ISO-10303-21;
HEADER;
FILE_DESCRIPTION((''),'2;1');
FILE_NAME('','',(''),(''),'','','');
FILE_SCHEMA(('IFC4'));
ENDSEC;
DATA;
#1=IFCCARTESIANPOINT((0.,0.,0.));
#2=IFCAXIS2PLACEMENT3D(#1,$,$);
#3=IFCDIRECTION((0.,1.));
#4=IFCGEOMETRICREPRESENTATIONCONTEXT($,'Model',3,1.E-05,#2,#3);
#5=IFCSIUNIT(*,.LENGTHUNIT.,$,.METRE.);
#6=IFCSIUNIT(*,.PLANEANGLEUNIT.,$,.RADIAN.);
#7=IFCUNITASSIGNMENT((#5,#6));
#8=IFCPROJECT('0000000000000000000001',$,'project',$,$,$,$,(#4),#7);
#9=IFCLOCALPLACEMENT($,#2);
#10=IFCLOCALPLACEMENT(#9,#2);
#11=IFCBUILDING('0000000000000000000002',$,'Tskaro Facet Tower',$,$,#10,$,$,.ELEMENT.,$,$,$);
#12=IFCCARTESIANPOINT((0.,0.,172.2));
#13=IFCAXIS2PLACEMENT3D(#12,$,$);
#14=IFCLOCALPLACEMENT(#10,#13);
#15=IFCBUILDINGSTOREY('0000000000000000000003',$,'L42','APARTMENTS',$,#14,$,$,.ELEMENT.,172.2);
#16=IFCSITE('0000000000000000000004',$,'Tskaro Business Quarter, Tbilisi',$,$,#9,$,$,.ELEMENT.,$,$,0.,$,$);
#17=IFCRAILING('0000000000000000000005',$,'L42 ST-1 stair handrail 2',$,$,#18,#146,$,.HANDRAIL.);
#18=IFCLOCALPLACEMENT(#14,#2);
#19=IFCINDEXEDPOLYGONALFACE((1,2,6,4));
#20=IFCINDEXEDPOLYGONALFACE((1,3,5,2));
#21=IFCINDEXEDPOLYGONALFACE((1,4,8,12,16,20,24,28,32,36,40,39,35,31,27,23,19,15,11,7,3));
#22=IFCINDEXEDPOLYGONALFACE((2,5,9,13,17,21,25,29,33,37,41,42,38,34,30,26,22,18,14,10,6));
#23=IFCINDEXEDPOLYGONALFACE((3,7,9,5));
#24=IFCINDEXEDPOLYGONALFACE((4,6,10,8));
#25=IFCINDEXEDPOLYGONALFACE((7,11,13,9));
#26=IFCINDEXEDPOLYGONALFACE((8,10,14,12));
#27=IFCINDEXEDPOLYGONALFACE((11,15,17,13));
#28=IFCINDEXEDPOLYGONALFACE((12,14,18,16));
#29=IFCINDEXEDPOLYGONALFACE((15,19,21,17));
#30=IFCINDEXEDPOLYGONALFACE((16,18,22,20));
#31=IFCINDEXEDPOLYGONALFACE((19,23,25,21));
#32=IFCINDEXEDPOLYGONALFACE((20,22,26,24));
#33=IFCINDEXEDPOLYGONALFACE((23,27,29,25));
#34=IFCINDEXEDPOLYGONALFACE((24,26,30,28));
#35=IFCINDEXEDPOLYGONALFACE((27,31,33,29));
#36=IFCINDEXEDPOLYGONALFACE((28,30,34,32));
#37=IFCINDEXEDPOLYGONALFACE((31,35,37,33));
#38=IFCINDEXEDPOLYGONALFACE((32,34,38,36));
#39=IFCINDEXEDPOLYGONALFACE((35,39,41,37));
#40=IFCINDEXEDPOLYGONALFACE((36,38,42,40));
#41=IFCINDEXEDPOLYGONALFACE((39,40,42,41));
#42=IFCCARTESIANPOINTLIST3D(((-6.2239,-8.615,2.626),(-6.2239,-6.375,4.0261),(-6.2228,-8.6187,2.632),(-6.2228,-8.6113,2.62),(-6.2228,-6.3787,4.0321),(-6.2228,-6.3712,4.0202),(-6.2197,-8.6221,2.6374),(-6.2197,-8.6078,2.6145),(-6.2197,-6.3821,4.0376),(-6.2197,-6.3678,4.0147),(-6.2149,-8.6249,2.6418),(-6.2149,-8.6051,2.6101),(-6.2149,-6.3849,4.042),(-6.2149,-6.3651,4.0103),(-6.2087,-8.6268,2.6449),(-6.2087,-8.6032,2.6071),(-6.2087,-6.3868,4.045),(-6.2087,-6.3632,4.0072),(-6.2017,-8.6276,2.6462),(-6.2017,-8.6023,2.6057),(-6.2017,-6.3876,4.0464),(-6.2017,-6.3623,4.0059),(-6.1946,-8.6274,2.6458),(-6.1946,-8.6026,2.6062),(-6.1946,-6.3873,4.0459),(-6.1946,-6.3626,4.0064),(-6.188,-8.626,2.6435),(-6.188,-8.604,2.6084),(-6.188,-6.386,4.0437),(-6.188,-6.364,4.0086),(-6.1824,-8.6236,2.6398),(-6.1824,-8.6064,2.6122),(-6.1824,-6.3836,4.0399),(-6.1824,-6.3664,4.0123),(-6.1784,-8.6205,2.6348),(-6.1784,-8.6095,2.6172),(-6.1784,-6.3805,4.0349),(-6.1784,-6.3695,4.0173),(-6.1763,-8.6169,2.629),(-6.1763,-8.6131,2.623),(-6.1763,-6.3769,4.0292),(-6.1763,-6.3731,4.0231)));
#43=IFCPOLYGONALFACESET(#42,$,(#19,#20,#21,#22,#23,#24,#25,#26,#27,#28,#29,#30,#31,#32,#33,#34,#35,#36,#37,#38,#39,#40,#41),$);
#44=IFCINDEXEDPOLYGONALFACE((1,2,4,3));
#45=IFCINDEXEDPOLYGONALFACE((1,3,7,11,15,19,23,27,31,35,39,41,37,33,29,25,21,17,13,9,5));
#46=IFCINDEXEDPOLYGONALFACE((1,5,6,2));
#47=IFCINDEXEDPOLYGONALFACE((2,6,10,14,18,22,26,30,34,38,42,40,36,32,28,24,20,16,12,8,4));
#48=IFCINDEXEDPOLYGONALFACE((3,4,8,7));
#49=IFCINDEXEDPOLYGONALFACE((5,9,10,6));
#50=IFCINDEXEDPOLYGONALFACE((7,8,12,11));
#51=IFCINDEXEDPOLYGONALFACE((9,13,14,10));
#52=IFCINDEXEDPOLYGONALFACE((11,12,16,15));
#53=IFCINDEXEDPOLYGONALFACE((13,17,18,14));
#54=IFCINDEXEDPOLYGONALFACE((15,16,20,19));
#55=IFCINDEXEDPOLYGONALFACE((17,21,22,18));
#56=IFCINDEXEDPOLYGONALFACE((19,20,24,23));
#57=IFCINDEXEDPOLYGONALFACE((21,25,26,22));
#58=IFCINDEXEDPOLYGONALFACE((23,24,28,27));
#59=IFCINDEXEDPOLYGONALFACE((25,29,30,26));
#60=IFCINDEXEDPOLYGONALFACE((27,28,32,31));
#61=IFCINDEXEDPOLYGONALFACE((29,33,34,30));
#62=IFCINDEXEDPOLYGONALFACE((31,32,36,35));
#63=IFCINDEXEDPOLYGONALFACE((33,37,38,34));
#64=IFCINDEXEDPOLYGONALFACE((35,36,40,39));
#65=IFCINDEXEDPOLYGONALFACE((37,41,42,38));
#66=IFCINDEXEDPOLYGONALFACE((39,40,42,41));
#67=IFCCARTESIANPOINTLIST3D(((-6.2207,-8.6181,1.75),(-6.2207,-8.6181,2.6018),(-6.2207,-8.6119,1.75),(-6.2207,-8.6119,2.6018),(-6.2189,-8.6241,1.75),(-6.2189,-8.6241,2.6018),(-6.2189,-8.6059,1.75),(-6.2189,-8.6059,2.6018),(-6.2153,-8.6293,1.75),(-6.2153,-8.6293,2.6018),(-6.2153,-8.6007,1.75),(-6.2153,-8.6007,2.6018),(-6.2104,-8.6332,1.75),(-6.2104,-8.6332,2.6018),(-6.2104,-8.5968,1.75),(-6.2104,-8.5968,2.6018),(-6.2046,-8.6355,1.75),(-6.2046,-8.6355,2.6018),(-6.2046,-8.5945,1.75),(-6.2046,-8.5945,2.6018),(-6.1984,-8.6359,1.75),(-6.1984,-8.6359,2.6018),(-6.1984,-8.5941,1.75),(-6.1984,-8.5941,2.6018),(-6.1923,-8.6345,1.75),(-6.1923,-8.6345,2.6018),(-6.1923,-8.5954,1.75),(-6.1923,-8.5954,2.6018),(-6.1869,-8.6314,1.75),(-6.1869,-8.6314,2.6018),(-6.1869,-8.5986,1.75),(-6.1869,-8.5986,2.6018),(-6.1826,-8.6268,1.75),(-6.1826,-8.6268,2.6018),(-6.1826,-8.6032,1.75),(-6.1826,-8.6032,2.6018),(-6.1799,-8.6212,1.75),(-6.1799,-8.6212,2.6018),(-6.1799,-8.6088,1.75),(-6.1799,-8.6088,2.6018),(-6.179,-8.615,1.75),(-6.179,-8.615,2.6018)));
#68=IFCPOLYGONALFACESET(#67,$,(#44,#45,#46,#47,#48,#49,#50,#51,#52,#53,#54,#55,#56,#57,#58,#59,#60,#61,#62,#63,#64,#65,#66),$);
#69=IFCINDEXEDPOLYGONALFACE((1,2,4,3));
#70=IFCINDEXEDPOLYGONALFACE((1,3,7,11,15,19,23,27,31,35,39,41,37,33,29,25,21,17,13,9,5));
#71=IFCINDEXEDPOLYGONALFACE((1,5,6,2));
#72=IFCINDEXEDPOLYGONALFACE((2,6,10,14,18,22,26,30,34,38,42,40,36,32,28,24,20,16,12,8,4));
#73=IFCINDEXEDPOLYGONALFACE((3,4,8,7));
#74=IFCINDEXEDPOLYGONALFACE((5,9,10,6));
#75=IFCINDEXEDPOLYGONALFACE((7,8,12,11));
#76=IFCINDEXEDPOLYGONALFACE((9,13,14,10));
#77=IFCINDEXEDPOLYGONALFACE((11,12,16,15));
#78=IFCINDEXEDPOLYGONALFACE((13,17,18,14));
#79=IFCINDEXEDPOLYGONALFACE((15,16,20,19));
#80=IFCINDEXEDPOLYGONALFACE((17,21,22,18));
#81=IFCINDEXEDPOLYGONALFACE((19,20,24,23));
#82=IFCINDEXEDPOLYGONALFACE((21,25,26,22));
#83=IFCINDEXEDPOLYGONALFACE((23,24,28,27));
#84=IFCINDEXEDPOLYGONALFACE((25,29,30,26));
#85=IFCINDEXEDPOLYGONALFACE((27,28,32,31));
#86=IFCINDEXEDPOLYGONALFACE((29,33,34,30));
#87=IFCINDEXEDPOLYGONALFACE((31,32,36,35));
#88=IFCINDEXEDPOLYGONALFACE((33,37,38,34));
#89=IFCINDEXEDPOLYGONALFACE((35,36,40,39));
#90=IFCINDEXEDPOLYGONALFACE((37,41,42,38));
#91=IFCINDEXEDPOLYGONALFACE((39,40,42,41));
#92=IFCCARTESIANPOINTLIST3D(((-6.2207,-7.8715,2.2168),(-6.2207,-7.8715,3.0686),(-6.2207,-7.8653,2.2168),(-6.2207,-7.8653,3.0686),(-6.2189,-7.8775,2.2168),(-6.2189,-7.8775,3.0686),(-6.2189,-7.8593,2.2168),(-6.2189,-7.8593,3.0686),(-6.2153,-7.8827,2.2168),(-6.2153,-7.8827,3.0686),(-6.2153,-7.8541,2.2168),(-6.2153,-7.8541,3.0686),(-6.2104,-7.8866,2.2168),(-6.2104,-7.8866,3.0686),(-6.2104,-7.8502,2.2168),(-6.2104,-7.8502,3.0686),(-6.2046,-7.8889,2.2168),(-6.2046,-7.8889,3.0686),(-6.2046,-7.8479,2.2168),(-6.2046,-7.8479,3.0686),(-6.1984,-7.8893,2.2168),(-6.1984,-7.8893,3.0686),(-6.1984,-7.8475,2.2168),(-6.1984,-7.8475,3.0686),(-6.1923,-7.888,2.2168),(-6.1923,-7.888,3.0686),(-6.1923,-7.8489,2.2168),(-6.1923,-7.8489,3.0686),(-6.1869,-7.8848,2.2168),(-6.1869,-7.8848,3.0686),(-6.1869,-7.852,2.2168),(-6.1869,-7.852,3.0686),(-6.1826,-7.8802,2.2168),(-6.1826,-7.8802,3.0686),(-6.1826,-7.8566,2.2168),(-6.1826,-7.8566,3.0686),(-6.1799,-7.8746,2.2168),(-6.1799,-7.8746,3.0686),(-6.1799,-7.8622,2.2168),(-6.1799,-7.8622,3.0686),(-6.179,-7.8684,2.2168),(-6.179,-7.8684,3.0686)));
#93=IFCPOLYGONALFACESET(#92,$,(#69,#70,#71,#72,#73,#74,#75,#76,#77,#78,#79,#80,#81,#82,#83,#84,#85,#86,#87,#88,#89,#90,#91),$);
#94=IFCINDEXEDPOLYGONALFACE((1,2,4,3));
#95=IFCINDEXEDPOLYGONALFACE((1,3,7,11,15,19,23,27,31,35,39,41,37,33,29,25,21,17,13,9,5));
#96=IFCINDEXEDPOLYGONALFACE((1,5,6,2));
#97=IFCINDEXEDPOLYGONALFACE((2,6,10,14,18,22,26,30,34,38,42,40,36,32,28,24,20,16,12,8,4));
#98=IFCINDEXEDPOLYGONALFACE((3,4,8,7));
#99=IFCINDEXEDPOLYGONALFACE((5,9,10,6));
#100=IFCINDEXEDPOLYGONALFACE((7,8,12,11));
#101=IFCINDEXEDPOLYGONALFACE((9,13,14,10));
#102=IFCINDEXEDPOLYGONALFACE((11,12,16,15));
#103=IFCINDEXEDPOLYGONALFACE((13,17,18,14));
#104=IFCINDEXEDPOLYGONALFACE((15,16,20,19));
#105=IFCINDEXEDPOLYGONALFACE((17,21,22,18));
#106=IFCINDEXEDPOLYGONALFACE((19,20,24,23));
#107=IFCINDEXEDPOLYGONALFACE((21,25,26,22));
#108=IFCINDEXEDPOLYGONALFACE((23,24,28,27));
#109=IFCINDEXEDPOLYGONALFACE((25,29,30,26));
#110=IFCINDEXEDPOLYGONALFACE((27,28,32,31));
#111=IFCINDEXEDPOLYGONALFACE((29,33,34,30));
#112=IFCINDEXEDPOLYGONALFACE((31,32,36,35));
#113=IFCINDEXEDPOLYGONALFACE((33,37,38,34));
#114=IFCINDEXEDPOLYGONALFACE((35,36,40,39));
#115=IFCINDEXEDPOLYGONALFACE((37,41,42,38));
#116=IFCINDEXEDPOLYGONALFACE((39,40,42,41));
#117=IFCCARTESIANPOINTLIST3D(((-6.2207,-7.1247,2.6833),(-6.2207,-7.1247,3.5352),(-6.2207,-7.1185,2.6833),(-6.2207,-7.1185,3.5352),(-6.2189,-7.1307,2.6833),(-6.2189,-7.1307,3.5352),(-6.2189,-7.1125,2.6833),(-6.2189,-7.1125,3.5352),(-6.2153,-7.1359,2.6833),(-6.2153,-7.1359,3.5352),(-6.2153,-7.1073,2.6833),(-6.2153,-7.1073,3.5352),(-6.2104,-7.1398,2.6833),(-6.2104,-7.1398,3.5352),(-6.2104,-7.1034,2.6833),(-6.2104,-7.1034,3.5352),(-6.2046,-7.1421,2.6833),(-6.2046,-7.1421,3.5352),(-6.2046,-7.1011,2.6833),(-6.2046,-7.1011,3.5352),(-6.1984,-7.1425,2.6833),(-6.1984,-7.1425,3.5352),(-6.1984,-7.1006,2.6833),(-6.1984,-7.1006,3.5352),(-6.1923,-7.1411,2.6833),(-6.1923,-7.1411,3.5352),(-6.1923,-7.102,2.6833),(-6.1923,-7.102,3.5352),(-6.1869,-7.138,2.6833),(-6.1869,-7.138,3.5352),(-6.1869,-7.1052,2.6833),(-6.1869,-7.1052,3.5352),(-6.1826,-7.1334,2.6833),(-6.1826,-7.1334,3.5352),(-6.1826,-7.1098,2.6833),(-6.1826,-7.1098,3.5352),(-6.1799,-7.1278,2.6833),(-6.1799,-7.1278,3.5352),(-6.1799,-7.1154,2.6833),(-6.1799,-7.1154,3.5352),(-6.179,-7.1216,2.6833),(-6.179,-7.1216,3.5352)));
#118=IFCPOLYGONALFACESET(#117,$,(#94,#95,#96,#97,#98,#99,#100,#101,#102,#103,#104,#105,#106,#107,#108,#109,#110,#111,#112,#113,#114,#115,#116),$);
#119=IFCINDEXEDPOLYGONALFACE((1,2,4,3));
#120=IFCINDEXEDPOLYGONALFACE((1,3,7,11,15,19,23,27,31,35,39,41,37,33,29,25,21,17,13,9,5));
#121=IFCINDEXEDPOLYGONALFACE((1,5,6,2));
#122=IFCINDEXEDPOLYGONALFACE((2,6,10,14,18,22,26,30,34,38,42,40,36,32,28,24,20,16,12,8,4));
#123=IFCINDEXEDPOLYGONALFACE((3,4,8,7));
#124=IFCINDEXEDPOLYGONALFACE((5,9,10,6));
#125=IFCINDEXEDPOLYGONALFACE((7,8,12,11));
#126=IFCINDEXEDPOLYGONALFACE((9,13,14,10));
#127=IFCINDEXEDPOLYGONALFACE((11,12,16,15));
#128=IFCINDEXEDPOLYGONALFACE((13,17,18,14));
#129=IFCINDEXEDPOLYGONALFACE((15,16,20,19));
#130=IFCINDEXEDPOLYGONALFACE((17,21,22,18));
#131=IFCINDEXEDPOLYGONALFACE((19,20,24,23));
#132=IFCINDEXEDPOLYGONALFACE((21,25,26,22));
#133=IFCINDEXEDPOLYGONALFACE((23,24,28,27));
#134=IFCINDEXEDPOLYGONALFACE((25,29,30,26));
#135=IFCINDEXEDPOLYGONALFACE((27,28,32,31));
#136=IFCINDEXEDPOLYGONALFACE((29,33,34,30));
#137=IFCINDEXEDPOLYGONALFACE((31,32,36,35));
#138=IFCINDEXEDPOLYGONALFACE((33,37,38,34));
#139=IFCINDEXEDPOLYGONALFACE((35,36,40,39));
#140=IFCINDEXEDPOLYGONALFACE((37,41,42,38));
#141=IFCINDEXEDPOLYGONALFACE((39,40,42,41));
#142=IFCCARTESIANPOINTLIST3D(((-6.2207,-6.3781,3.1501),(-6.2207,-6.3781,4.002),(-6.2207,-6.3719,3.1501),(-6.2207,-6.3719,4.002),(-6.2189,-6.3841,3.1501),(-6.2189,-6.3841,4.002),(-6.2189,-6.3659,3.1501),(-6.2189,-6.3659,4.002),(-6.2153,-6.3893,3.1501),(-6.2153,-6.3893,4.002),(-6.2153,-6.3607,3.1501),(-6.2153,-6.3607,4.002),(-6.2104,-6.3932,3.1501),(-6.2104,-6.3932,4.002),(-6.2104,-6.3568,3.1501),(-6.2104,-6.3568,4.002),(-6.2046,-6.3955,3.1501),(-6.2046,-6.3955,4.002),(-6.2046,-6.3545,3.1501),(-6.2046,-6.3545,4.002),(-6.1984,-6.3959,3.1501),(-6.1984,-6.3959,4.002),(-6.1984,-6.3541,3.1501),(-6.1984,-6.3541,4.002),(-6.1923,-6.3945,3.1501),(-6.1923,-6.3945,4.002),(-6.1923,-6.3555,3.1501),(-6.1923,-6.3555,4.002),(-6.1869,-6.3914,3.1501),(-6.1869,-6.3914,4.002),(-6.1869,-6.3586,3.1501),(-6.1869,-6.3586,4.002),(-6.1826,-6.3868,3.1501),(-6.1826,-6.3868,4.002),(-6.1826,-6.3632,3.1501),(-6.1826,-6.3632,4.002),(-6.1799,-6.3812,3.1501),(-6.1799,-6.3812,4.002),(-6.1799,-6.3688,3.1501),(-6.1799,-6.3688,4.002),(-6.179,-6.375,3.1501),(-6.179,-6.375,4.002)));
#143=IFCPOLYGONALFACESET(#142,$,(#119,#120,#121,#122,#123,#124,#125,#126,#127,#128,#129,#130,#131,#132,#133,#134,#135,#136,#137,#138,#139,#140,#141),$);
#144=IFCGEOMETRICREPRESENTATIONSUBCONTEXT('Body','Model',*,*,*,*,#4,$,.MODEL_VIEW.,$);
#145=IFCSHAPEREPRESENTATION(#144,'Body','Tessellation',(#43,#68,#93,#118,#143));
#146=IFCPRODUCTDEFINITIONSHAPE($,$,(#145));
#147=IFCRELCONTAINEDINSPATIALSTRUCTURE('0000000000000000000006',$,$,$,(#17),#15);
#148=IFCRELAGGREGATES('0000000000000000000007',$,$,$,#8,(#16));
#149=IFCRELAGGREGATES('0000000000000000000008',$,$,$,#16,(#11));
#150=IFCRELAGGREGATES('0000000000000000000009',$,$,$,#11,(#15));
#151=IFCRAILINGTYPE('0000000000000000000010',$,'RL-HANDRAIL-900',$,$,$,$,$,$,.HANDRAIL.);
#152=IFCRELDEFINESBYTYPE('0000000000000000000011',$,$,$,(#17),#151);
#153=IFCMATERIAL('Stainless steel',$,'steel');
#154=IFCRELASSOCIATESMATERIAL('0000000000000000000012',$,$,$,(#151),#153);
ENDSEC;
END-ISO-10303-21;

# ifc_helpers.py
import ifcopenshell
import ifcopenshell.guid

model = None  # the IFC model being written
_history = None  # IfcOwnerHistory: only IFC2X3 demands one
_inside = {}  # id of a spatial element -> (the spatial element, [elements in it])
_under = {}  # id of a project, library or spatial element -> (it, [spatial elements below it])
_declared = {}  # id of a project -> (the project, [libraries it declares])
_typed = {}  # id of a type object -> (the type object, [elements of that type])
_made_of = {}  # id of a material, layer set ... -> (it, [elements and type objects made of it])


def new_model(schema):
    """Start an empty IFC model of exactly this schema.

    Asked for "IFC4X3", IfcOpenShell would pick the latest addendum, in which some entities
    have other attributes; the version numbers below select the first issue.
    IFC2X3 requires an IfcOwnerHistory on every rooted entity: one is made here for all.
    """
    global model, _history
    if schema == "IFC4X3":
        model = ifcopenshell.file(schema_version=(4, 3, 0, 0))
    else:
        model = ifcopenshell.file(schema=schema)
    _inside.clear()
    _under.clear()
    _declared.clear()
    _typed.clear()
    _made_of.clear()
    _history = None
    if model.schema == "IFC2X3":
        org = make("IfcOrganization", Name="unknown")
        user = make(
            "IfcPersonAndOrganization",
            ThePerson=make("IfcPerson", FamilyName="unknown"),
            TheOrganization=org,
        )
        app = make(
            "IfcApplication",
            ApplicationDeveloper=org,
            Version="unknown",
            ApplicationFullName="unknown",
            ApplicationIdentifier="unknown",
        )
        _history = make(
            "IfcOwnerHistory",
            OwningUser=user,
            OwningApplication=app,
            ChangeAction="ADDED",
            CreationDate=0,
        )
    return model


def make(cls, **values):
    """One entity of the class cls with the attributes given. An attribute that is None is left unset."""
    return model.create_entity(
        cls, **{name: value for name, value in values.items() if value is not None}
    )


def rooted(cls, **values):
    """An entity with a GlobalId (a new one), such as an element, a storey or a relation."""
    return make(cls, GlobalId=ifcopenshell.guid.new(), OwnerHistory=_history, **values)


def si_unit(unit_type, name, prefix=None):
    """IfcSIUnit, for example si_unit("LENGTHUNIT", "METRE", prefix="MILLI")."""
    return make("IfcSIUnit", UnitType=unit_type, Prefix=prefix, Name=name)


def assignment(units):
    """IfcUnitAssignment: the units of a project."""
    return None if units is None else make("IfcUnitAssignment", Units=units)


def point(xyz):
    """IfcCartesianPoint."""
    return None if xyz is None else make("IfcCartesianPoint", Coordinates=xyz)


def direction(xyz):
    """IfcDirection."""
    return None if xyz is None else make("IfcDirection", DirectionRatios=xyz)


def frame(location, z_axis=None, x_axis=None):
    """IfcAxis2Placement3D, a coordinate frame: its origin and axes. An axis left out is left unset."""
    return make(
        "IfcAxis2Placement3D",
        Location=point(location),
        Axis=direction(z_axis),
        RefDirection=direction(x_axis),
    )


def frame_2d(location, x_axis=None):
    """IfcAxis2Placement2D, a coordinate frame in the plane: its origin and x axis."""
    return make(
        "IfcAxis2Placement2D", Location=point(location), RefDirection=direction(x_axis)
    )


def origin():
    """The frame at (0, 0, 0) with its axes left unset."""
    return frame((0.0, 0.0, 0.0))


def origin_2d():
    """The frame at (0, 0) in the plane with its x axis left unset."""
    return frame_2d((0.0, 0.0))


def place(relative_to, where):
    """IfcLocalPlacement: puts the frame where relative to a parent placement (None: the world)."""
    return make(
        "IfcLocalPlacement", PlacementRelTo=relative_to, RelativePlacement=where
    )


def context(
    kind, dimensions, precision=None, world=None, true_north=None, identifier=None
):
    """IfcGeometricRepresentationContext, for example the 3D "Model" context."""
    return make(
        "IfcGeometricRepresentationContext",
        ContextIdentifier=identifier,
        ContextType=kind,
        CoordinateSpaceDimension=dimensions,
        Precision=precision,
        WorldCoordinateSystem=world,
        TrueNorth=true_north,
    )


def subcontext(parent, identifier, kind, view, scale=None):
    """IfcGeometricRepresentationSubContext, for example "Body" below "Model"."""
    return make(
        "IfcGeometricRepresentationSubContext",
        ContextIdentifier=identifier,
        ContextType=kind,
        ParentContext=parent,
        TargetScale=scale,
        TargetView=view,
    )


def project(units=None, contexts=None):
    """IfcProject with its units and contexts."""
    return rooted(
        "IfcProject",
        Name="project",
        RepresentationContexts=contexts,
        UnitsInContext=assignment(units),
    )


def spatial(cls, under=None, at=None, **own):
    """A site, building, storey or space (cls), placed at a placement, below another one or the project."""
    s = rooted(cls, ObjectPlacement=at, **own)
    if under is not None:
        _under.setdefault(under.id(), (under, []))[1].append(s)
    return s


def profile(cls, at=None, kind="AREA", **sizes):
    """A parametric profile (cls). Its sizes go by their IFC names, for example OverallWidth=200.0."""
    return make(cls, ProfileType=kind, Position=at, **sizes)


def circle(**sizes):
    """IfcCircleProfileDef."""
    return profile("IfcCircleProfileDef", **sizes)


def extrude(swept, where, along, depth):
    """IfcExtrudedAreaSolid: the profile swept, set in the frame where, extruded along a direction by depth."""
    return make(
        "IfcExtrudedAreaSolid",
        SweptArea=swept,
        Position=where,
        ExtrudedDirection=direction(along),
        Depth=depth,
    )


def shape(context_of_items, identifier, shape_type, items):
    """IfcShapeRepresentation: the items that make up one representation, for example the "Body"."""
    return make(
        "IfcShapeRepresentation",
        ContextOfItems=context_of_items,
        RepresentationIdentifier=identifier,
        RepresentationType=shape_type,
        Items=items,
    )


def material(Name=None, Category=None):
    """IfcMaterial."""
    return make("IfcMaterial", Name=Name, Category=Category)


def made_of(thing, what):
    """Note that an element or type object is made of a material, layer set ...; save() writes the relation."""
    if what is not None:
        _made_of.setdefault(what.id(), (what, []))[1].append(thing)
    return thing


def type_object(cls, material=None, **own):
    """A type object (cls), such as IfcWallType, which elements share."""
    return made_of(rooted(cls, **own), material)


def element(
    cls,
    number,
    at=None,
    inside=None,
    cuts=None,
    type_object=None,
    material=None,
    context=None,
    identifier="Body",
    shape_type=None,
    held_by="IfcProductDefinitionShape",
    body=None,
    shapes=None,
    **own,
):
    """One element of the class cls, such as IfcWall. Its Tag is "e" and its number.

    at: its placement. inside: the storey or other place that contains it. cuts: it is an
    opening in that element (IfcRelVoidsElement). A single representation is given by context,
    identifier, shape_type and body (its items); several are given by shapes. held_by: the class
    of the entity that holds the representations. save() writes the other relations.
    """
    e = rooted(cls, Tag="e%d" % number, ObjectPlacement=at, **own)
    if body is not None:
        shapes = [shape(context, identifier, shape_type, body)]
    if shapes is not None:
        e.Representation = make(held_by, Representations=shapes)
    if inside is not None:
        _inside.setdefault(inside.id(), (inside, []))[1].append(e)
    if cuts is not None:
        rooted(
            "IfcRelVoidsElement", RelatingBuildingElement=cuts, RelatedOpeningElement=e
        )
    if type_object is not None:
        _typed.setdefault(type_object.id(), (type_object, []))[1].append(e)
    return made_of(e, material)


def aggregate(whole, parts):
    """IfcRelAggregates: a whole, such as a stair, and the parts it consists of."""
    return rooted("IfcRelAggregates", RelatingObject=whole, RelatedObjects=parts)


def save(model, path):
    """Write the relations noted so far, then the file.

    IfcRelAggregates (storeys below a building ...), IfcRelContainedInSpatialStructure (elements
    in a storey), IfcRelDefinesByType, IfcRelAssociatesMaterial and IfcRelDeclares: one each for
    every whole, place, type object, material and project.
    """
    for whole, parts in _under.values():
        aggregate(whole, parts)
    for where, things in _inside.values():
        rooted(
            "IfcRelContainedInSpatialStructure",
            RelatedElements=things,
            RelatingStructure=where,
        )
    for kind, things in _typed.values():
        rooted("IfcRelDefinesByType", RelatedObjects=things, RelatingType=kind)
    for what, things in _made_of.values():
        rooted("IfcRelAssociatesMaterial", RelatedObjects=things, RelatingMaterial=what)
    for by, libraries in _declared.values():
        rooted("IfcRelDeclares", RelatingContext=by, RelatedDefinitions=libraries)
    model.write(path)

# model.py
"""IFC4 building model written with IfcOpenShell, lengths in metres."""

from ifc_helpers import new_model, si_unit, direction, frame, origin, origin_2d, place, context, subcontext, project, spatial, circle, extrude, material, type_object, element, save


model = new_model("IFC4")

# Units and contexts
model_context = context("Model", 3, precision=1e-05, world=origin(), true_north=direction((0.0, 1.0)))
body_context = subcontext(model_context, "Body", "Model", "MODEL_VIEW")
ifc_project = project(units=[si_unit("LENGTHUNIT", "METRE"), si_unit("PLANEANGLEUNIT", "RADIAN")], contexts=[model_context])

# Site, building, storey
site_placement = place(None, origin())
site = spatial("IfcSite", under=ifc_project, at=site_placement, Name="Tskaro Business Quarter, Tbilisi", CompositionType="ELEMENT", RefElevation=0.0)
building_placement = place(site_placement, origin())
building = spatial("IfcBuilding", under=site, at=building_placement, Name="Tskaro Facet Tower", CompositionType="ELEMENT")
storey_placement = place(building_placement, frame((0.0, 0.0, 172.2)))
storey = spatial("IfcBuildingStorey", under=building, at=storey_placement, Name="L42", Description="APARTMENTS", CompositionType="ELEMENT", Elevation=172.2)

# Shared definitions
ifc_material_1 = material(Name="Stainless steel", Category="steel")

# Railing
railing_type_1 = type_object("IfcRailingType", Name="RL-HANDRAIL-900", PredefinedType="HANDRAIL", material=ifc_material_1)
railing_1_placement = place(storey_placement, frame((-6.2, -8.615, 1.75)))
element("IfcRailing", 1, at=railing_1_placement, inside=storey, type_object=railing_type_1, Name="L42 ST-1 stair handrail 2", PredefinedType="HANDRAIL", context=body_context, shape_type="SweptSolid", body=[
    extrude(circle(Radius=0.0239, at=origin_2d()), frame((0.0, 0.0, 0.876), z_axis=(0.0, 0.847972, 0.53004), x_axis=(-1.0, 0.0, 0.0)), (0.0, 0.0, 1.0), 2.6416),
    extrude(circle(Radius=0.021, at=origin_2d()), origin(), (0.0, 0.0, 1.0), 0.8518),
    extrude(circle(Radius=0.021, at=origin_2d()), frame((0.0, 0.7466, 0.4668)), (0.0, 0.0, 1.0), 0.8518),
    extrude(circle(Radius=0.021, at=origin_2d()), frame((0.0, 1.4934, 0.9333)), (0.0, 0.0, 1.0), 0.8518),
    extrude(circle(Radius=0.021, at=origin_2d()), frame((0.0, 2.24, 1.4001)), (0.0, 0.0, 1.0), 0.8518),
])

save(model, "model.ifc")
